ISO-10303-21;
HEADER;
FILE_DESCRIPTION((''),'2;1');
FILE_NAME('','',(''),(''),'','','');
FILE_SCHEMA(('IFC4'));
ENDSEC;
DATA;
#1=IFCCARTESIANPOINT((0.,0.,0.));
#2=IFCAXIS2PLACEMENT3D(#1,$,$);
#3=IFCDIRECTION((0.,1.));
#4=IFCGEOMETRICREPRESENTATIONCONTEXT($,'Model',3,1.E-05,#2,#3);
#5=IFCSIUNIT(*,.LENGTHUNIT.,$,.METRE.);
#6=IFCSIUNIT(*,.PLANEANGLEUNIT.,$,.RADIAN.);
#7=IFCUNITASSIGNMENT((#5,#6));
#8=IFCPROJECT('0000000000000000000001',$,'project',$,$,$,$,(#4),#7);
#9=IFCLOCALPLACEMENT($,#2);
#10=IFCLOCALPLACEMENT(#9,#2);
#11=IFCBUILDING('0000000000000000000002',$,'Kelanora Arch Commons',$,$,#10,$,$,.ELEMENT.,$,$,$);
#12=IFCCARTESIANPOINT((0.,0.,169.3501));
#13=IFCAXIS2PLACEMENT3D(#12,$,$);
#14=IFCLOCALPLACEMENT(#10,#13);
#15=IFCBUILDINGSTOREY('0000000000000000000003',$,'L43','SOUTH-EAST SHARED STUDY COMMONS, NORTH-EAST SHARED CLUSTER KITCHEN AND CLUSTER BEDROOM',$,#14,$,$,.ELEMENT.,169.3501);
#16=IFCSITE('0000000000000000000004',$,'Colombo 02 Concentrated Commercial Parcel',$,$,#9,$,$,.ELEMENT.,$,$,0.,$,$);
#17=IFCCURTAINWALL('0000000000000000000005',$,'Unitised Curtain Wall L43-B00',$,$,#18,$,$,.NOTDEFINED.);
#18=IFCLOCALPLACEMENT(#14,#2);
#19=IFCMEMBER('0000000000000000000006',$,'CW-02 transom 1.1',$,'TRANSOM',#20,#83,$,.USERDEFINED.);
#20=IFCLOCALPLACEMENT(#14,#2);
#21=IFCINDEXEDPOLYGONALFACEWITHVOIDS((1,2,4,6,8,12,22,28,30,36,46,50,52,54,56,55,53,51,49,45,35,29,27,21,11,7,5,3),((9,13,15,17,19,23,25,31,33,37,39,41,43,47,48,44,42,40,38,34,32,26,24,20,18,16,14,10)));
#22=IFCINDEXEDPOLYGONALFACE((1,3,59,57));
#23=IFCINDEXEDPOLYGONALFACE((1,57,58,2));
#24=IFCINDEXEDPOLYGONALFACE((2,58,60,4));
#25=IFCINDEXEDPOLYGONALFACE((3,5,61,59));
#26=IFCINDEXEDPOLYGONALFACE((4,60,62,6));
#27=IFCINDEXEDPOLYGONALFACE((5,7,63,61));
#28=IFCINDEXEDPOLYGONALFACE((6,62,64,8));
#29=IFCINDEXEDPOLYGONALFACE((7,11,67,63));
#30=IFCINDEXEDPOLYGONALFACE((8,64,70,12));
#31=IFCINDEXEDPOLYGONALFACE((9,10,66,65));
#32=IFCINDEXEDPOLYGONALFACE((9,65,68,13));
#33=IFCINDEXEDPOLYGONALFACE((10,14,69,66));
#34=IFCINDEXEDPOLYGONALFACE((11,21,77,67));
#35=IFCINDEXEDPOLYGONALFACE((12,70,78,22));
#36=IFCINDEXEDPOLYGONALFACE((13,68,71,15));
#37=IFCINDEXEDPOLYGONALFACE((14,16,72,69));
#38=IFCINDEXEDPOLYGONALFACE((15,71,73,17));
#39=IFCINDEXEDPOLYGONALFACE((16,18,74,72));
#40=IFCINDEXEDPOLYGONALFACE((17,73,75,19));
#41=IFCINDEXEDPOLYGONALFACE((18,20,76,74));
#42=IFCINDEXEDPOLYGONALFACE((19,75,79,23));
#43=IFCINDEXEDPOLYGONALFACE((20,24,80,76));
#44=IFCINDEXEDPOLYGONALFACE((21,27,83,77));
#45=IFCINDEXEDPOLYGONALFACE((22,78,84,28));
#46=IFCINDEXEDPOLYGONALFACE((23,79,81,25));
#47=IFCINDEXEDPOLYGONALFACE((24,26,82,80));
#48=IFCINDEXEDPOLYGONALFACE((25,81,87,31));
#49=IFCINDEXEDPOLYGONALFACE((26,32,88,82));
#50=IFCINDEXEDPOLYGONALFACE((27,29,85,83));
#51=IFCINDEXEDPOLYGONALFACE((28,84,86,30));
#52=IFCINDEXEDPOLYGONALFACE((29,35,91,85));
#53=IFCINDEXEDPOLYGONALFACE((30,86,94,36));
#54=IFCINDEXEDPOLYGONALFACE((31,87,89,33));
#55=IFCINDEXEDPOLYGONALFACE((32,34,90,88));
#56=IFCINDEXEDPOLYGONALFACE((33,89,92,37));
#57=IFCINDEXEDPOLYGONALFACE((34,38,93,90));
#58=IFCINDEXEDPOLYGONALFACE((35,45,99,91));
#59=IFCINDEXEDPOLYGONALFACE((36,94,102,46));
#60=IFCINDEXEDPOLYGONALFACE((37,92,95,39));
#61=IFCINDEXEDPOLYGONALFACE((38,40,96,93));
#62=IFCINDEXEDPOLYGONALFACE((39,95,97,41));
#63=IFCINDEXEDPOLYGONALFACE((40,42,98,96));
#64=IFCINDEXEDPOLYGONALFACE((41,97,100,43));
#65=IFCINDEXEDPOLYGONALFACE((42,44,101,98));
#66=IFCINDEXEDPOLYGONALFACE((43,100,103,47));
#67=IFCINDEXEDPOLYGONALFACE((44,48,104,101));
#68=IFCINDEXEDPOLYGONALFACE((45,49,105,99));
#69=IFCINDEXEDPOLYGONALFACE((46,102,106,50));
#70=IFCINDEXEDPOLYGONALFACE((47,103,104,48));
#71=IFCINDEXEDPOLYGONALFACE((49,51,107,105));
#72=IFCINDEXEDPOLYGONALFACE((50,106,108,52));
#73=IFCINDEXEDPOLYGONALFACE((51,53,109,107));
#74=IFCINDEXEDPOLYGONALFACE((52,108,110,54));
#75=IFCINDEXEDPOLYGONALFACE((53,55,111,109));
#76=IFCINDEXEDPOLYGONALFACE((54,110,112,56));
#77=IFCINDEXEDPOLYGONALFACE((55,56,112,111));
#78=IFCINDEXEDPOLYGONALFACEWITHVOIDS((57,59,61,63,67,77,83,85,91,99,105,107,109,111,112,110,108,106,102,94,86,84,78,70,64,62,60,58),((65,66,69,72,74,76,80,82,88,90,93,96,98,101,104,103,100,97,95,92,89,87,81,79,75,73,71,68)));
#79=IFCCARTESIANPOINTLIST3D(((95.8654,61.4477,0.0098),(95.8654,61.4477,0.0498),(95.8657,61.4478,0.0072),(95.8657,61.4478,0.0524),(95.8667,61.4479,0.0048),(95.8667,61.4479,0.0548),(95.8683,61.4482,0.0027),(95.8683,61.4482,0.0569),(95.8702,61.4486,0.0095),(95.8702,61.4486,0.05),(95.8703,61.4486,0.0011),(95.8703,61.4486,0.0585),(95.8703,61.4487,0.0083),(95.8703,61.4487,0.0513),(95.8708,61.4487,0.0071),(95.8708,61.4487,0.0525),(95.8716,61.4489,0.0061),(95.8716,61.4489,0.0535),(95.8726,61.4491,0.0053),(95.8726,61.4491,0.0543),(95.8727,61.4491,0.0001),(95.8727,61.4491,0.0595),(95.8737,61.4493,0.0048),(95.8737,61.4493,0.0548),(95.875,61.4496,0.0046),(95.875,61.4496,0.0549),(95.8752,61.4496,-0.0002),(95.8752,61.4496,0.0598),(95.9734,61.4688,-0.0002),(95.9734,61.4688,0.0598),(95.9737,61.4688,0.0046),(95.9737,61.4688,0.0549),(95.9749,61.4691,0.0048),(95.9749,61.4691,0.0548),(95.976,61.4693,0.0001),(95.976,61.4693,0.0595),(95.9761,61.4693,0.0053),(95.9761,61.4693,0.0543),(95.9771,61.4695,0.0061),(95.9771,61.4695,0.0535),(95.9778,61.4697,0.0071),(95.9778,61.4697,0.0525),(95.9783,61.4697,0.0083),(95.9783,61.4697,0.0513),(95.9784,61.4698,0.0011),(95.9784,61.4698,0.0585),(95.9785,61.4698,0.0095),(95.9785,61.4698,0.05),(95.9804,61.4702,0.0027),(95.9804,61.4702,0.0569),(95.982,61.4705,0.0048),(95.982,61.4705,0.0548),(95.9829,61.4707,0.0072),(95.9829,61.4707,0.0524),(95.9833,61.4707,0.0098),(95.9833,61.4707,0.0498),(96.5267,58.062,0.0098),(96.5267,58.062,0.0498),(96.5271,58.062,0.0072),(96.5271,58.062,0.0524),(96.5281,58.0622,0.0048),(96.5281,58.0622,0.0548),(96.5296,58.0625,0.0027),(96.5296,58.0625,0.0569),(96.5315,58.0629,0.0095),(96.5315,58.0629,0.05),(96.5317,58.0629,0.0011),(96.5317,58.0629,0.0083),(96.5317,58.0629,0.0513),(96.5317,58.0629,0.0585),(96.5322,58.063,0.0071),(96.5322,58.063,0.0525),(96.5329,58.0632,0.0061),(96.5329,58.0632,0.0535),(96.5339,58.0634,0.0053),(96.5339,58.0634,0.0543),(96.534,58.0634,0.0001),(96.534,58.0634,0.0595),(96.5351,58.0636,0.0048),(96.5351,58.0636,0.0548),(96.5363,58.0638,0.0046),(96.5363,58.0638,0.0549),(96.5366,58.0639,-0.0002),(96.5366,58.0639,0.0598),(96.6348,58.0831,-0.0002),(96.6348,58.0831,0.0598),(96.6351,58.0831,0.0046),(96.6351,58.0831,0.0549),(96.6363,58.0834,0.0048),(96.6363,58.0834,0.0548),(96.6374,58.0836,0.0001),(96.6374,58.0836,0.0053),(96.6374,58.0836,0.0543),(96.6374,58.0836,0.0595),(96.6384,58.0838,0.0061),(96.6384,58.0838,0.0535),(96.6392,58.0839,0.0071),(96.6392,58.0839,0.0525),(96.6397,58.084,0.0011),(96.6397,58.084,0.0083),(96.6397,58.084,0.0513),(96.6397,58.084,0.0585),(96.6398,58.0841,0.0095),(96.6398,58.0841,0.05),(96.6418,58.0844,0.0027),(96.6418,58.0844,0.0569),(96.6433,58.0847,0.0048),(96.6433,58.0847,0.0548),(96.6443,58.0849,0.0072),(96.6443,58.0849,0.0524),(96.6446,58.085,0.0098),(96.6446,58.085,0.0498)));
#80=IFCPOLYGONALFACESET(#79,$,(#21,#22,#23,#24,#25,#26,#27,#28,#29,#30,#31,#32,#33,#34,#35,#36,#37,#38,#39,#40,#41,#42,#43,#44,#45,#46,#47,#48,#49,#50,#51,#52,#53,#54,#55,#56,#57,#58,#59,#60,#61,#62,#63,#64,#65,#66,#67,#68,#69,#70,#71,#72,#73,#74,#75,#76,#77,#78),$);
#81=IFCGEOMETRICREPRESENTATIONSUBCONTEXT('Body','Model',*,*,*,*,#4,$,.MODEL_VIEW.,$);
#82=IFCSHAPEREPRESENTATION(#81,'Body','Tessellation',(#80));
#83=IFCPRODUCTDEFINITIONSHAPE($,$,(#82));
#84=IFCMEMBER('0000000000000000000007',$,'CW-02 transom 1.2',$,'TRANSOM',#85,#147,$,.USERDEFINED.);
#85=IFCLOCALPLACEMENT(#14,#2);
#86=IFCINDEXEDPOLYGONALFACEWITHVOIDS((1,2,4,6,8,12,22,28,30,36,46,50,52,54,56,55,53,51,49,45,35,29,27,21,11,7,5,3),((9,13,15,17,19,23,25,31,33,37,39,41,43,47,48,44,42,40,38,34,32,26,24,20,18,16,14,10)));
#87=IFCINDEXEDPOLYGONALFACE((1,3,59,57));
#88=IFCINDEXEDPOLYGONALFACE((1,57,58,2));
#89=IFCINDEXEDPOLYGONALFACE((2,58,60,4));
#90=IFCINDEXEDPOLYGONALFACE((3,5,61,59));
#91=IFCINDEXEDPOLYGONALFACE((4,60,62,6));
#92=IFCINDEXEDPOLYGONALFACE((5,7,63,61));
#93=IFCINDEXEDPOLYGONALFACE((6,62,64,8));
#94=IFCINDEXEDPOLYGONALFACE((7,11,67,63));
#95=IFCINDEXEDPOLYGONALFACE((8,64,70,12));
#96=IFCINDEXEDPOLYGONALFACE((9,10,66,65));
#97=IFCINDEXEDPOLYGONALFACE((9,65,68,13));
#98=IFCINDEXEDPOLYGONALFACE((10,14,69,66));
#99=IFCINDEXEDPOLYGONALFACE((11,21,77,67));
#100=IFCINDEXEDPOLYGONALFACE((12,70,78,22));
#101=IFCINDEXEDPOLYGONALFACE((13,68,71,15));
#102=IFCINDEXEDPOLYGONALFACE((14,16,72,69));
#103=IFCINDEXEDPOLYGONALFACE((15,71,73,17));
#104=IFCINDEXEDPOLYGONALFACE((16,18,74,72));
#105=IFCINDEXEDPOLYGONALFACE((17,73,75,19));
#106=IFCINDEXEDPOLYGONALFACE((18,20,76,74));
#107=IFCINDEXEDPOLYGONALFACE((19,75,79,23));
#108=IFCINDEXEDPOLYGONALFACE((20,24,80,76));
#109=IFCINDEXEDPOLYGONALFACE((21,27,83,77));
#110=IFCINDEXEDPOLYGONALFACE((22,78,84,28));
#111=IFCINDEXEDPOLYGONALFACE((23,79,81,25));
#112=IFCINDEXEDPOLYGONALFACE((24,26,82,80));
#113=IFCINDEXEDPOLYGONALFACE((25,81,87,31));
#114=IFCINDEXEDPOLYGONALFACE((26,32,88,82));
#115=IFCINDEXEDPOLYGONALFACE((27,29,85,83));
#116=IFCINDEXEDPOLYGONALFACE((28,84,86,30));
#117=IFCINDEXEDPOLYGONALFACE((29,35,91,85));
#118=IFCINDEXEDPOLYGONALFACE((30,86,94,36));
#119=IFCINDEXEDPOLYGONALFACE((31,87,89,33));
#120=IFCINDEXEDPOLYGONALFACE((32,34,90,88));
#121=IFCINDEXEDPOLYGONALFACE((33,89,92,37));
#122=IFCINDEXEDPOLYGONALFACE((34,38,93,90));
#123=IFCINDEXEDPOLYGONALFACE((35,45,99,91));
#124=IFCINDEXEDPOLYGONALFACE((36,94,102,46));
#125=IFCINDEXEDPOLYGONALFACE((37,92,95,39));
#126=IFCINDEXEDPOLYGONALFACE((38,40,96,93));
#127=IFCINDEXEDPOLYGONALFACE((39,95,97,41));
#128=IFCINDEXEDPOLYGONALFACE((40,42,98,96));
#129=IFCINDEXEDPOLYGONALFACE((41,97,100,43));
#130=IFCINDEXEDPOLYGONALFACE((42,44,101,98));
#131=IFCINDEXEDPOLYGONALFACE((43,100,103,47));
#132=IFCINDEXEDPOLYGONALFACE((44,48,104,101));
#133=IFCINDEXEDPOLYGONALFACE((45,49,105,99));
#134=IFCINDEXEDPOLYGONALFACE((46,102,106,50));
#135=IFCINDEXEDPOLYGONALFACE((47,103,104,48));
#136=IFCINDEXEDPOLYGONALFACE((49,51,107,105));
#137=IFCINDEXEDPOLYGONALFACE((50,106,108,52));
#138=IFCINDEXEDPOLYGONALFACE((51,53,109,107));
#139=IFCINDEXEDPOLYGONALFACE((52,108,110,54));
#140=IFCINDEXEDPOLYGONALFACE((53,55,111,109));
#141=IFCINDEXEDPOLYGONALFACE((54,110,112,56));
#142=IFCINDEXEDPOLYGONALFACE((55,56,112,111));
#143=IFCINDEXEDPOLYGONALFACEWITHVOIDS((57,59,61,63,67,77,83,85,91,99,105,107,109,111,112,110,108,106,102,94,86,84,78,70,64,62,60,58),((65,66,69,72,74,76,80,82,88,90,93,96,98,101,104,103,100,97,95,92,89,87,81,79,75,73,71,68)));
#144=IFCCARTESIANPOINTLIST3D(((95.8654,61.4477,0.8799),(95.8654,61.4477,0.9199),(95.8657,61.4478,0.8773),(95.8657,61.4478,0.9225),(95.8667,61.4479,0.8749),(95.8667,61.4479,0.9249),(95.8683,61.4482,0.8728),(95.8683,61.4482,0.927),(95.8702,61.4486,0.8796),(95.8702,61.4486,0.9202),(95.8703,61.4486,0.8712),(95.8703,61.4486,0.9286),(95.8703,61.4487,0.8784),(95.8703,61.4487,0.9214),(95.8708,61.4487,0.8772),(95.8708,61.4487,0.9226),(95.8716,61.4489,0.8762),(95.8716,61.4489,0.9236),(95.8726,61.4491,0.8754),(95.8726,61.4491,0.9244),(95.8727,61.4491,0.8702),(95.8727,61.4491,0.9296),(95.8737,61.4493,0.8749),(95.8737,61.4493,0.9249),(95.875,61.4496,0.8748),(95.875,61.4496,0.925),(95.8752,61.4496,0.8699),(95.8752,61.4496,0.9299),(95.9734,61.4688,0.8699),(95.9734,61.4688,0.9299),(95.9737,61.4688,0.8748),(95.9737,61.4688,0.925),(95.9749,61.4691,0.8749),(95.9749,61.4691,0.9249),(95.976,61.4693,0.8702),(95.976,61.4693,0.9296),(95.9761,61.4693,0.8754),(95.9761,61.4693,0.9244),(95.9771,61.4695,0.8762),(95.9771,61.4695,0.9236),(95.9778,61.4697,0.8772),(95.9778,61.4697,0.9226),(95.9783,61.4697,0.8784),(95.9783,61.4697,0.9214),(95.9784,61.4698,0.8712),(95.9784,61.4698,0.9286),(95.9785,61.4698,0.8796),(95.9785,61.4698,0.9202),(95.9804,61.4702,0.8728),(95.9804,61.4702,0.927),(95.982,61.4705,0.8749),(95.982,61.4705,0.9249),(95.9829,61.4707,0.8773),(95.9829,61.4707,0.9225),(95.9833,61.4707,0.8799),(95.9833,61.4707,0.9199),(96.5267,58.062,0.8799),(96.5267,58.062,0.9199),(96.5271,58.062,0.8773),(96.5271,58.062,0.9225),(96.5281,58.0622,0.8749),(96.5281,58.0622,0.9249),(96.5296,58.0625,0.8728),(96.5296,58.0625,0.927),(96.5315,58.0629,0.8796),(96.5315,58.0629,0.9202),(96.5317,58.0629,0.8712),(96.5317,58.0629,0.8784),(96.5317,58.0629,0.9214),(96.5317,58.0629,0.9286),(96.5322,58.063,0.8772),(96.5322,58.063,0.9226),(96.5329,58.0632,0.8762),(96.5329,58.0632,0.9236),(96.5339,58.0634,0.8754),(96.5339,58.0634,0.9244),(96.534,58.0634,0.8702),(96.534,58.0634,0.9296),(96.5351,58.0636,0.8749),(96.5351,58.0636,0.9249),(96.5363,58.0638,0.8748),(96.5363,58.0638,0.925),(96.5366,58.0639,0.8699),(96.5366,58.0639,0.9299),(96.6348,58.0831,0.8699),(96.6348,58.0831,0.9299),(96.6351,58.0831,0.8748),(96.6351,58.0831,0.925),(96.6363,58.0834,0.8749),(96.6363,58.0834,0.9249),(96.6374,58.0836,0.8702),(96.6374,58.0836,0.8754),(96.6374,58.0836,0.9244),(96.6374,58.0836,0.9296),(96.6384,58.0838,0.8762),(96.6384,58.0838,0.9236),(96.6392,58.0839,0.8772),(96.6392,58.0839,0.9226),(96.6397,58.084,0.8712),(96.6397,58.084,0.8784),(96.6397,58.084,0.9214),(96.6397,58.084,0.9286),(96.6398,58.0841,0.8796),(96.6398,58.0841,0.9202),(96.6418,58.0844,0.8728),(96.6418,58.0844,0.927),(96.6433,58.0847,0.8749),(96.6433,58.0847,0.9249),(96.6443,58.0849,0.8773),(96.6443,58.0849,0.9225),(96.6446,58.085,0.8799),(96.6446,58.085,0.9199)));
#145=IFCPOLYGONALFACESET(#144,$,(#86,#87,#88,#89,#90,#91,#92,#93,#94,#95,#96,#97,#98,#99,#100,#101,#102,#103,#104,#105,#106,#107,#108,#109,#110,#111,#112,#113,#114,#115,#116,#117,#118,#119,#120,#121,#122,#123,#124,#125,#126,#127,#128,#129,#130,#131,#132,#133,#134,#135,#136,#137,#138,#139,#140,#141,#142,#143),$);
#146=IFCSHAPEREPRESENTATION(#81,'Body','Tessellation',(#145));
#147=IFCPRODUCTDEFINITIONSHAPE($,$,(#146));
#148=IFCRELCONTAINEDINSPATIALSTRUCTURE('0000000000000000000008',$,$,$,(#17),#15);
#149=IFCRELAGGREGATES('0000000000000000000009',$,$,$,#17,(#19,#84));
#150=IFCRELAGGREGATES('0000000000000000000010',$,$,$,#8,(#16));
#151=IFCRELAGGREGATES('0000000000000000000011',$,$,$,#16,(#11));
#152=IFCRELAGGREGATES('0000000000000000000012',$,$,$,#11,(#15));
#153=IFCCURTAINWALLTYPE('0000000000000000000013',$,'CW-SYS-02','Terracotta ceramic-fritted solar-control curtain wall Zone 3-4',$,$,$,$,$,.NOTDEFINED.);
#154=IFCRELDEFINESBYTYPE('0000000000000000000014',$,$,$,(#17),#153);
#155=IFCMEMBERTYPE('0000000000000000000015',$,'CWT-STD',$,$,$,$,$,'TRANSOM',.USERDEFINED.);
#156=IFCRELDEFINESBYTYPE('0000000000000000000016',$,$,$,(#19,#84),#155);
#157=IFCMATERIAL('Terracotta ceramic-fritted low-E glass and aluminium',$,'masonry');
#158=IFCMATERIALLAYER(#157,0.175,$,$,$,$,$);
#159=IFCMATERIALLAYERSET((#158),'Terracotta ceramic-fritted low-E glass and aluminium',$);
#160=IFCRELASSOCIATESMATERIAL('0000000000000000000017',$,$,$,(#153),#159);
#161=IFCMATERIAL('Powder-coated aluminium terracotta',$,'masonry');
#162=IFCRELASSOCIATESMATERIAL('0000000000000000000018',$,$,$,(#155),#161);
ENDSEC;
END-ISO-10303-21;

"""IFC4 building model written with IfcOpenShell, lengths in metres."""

from ifc_helpers import new_model, si_unit, direction, frame, origin, origin_2d, place, context, subcontext, project, spatial, hollow_rectangle, extrude, material, layer, layer_set, material_profile, profile_set, type_object, element, aggregate, save


model = new_model("IFC4")

# Units and contexts
model_context = context("Model", 3, precision=1e-05, world=origin(), true_north=direction((0.0, 1.0)))
body_context = subcontext(model_context, "Body", "Model", "MODEL_VIEW")
ifc_project = project(units=[si_unit("LENGTHUNIT", "METRE"), si_unit("PLANEANGLEUNIT", "RADIAN")], contexts=[model_context])

# Site, building, storey
site_placement = place(None, origin())
site = spatial("IfcSite", under=ifc_project, at=site_placement, Name="Colombo 02 Concentrated Commercial Parcel", CompositionType="ELEMENT", RefElevation=0.0)
building_placement = place(site_placement, origin())
building = spatial("IfcBuilding", under=site, at=building_placement, Name="Kelanora Arch Commons", CompositionType="ELEMENT")
storey_placement = place(building_placement, frame((0.0, 0.0, 169.3501)))
storey = spatial("IfcBuildingStorey", under=building, at=storey_placement, Name="L43", Description="SOUTH-EAST SHARED STUDY COMMONS, NORTH-EAST SHARED CLUSTER KITCHEN AND CLUSTER BEDROOM", CompositionType="ELEMENT", Elevation=169.3501)

# Curtain wall, members
ifc_material_1 = material(Name="Terracotta ceramic-fritted low-E glass and aluminium", Category="masonry")
ifc_layer_1 = layer(ifc_material_1, 0.175)
ifc_layer_set_1 = layer_set([ifc_layer_1], Name="Terracotta ceramic-fritted low-E glass and aluminium")
curtain_wall_type = type_object("IfcCurtainWallType", Name="CW-SYS-02", Description="Terracotta ceramic-fritted solar-control curtain wall Zone 3-4", PredefinedType="NOTDEFINED", material=ifc_layer_set_1)
curtain_wall_placement = place(storey_placement, origin())
curtain_wall = element("IfcCurtainWall", 1, at=curtain_wall_placement, inside=storey, type_object=curtain_wall_type, Name="Unitised Curtain Wall L43-B00", PredefinedType="NOTDEFINED")
ifc_material_2 = material(Name="Powder-coated aluminium terracotta", Category="masonry")
ifc_material_profile_1 = material_profile(ifc_material_2, hollow_rectangle(XDim=0.1201, YDim=0.0601, WallThickness=0.0049, InnerFilletRadius=0.0049, OuterFilletRadius=0.01, at=origin_2d()), Name="CWT120x60")
ifc_profile_set_1 = profile_set([ifc_material_profile_1], Name="Powder-coated aluminium terracotta")
member_type_1 = type_object("IfcMemberType", Name="CWT-STD", ElementType="TRANSOM", PredefinedType="USERDEFINED", material=ifc_profile_set_1)
member_1_placement = place(storey_placement, frame((96.5857, 58.0735, 0.0298), z_axis=(-0.191718, 0.98145, 0.0), x_axis=(-0.98145, -0.191718, 0.0)))
member_1 = element("IfcMember", 2, at=member_1_placement, type_object=member_type_1, Name="CW-02 transom 1.1", ObjectType="TRANSOM", PredefinedType="USERDEFINED", context=body_context, shape_type="SweptSolid", body=[
    extrude(hollow_rectangle(XDim=0.1201, YDim=0.0601, WallThickness=0.0049, InnerFilletRadius=0.0049, OuterFilletRadius=0.01, at=origin_2d()), origin(), (0.0, 0.0, 1.0), 3.4497),
])
member_2_placement = place(storey_placement, frame((96.5857, 58.0735, 0.8999), z_axis=(-0.191718, 0.98145, 0.0), x_axis=(-0.98145, -0.191718, 0.0)))
member_2 = element("IfcMember", 3, at=member_2_placement, type_object=member_type_1, Name="CW-02 transom 1.2", ObjectType="TRANSOM", PredefinedType="USERDEFINED", context=body_context, shape_type="SweptSolid", body=[
    extrude(hollow_rectangle(XDim=0.1201, YDim=0.0601, WallThickness=0.0049, InnerFilletRadius=0.0049, OuterFilletRadius=0.01, at=origin_2d()), origin(), (0.0, 0.0, 1.0), 3.4497),
])
aggregate(curtain_wall, [member_1, member_2])

save(model, "model.ifc")
